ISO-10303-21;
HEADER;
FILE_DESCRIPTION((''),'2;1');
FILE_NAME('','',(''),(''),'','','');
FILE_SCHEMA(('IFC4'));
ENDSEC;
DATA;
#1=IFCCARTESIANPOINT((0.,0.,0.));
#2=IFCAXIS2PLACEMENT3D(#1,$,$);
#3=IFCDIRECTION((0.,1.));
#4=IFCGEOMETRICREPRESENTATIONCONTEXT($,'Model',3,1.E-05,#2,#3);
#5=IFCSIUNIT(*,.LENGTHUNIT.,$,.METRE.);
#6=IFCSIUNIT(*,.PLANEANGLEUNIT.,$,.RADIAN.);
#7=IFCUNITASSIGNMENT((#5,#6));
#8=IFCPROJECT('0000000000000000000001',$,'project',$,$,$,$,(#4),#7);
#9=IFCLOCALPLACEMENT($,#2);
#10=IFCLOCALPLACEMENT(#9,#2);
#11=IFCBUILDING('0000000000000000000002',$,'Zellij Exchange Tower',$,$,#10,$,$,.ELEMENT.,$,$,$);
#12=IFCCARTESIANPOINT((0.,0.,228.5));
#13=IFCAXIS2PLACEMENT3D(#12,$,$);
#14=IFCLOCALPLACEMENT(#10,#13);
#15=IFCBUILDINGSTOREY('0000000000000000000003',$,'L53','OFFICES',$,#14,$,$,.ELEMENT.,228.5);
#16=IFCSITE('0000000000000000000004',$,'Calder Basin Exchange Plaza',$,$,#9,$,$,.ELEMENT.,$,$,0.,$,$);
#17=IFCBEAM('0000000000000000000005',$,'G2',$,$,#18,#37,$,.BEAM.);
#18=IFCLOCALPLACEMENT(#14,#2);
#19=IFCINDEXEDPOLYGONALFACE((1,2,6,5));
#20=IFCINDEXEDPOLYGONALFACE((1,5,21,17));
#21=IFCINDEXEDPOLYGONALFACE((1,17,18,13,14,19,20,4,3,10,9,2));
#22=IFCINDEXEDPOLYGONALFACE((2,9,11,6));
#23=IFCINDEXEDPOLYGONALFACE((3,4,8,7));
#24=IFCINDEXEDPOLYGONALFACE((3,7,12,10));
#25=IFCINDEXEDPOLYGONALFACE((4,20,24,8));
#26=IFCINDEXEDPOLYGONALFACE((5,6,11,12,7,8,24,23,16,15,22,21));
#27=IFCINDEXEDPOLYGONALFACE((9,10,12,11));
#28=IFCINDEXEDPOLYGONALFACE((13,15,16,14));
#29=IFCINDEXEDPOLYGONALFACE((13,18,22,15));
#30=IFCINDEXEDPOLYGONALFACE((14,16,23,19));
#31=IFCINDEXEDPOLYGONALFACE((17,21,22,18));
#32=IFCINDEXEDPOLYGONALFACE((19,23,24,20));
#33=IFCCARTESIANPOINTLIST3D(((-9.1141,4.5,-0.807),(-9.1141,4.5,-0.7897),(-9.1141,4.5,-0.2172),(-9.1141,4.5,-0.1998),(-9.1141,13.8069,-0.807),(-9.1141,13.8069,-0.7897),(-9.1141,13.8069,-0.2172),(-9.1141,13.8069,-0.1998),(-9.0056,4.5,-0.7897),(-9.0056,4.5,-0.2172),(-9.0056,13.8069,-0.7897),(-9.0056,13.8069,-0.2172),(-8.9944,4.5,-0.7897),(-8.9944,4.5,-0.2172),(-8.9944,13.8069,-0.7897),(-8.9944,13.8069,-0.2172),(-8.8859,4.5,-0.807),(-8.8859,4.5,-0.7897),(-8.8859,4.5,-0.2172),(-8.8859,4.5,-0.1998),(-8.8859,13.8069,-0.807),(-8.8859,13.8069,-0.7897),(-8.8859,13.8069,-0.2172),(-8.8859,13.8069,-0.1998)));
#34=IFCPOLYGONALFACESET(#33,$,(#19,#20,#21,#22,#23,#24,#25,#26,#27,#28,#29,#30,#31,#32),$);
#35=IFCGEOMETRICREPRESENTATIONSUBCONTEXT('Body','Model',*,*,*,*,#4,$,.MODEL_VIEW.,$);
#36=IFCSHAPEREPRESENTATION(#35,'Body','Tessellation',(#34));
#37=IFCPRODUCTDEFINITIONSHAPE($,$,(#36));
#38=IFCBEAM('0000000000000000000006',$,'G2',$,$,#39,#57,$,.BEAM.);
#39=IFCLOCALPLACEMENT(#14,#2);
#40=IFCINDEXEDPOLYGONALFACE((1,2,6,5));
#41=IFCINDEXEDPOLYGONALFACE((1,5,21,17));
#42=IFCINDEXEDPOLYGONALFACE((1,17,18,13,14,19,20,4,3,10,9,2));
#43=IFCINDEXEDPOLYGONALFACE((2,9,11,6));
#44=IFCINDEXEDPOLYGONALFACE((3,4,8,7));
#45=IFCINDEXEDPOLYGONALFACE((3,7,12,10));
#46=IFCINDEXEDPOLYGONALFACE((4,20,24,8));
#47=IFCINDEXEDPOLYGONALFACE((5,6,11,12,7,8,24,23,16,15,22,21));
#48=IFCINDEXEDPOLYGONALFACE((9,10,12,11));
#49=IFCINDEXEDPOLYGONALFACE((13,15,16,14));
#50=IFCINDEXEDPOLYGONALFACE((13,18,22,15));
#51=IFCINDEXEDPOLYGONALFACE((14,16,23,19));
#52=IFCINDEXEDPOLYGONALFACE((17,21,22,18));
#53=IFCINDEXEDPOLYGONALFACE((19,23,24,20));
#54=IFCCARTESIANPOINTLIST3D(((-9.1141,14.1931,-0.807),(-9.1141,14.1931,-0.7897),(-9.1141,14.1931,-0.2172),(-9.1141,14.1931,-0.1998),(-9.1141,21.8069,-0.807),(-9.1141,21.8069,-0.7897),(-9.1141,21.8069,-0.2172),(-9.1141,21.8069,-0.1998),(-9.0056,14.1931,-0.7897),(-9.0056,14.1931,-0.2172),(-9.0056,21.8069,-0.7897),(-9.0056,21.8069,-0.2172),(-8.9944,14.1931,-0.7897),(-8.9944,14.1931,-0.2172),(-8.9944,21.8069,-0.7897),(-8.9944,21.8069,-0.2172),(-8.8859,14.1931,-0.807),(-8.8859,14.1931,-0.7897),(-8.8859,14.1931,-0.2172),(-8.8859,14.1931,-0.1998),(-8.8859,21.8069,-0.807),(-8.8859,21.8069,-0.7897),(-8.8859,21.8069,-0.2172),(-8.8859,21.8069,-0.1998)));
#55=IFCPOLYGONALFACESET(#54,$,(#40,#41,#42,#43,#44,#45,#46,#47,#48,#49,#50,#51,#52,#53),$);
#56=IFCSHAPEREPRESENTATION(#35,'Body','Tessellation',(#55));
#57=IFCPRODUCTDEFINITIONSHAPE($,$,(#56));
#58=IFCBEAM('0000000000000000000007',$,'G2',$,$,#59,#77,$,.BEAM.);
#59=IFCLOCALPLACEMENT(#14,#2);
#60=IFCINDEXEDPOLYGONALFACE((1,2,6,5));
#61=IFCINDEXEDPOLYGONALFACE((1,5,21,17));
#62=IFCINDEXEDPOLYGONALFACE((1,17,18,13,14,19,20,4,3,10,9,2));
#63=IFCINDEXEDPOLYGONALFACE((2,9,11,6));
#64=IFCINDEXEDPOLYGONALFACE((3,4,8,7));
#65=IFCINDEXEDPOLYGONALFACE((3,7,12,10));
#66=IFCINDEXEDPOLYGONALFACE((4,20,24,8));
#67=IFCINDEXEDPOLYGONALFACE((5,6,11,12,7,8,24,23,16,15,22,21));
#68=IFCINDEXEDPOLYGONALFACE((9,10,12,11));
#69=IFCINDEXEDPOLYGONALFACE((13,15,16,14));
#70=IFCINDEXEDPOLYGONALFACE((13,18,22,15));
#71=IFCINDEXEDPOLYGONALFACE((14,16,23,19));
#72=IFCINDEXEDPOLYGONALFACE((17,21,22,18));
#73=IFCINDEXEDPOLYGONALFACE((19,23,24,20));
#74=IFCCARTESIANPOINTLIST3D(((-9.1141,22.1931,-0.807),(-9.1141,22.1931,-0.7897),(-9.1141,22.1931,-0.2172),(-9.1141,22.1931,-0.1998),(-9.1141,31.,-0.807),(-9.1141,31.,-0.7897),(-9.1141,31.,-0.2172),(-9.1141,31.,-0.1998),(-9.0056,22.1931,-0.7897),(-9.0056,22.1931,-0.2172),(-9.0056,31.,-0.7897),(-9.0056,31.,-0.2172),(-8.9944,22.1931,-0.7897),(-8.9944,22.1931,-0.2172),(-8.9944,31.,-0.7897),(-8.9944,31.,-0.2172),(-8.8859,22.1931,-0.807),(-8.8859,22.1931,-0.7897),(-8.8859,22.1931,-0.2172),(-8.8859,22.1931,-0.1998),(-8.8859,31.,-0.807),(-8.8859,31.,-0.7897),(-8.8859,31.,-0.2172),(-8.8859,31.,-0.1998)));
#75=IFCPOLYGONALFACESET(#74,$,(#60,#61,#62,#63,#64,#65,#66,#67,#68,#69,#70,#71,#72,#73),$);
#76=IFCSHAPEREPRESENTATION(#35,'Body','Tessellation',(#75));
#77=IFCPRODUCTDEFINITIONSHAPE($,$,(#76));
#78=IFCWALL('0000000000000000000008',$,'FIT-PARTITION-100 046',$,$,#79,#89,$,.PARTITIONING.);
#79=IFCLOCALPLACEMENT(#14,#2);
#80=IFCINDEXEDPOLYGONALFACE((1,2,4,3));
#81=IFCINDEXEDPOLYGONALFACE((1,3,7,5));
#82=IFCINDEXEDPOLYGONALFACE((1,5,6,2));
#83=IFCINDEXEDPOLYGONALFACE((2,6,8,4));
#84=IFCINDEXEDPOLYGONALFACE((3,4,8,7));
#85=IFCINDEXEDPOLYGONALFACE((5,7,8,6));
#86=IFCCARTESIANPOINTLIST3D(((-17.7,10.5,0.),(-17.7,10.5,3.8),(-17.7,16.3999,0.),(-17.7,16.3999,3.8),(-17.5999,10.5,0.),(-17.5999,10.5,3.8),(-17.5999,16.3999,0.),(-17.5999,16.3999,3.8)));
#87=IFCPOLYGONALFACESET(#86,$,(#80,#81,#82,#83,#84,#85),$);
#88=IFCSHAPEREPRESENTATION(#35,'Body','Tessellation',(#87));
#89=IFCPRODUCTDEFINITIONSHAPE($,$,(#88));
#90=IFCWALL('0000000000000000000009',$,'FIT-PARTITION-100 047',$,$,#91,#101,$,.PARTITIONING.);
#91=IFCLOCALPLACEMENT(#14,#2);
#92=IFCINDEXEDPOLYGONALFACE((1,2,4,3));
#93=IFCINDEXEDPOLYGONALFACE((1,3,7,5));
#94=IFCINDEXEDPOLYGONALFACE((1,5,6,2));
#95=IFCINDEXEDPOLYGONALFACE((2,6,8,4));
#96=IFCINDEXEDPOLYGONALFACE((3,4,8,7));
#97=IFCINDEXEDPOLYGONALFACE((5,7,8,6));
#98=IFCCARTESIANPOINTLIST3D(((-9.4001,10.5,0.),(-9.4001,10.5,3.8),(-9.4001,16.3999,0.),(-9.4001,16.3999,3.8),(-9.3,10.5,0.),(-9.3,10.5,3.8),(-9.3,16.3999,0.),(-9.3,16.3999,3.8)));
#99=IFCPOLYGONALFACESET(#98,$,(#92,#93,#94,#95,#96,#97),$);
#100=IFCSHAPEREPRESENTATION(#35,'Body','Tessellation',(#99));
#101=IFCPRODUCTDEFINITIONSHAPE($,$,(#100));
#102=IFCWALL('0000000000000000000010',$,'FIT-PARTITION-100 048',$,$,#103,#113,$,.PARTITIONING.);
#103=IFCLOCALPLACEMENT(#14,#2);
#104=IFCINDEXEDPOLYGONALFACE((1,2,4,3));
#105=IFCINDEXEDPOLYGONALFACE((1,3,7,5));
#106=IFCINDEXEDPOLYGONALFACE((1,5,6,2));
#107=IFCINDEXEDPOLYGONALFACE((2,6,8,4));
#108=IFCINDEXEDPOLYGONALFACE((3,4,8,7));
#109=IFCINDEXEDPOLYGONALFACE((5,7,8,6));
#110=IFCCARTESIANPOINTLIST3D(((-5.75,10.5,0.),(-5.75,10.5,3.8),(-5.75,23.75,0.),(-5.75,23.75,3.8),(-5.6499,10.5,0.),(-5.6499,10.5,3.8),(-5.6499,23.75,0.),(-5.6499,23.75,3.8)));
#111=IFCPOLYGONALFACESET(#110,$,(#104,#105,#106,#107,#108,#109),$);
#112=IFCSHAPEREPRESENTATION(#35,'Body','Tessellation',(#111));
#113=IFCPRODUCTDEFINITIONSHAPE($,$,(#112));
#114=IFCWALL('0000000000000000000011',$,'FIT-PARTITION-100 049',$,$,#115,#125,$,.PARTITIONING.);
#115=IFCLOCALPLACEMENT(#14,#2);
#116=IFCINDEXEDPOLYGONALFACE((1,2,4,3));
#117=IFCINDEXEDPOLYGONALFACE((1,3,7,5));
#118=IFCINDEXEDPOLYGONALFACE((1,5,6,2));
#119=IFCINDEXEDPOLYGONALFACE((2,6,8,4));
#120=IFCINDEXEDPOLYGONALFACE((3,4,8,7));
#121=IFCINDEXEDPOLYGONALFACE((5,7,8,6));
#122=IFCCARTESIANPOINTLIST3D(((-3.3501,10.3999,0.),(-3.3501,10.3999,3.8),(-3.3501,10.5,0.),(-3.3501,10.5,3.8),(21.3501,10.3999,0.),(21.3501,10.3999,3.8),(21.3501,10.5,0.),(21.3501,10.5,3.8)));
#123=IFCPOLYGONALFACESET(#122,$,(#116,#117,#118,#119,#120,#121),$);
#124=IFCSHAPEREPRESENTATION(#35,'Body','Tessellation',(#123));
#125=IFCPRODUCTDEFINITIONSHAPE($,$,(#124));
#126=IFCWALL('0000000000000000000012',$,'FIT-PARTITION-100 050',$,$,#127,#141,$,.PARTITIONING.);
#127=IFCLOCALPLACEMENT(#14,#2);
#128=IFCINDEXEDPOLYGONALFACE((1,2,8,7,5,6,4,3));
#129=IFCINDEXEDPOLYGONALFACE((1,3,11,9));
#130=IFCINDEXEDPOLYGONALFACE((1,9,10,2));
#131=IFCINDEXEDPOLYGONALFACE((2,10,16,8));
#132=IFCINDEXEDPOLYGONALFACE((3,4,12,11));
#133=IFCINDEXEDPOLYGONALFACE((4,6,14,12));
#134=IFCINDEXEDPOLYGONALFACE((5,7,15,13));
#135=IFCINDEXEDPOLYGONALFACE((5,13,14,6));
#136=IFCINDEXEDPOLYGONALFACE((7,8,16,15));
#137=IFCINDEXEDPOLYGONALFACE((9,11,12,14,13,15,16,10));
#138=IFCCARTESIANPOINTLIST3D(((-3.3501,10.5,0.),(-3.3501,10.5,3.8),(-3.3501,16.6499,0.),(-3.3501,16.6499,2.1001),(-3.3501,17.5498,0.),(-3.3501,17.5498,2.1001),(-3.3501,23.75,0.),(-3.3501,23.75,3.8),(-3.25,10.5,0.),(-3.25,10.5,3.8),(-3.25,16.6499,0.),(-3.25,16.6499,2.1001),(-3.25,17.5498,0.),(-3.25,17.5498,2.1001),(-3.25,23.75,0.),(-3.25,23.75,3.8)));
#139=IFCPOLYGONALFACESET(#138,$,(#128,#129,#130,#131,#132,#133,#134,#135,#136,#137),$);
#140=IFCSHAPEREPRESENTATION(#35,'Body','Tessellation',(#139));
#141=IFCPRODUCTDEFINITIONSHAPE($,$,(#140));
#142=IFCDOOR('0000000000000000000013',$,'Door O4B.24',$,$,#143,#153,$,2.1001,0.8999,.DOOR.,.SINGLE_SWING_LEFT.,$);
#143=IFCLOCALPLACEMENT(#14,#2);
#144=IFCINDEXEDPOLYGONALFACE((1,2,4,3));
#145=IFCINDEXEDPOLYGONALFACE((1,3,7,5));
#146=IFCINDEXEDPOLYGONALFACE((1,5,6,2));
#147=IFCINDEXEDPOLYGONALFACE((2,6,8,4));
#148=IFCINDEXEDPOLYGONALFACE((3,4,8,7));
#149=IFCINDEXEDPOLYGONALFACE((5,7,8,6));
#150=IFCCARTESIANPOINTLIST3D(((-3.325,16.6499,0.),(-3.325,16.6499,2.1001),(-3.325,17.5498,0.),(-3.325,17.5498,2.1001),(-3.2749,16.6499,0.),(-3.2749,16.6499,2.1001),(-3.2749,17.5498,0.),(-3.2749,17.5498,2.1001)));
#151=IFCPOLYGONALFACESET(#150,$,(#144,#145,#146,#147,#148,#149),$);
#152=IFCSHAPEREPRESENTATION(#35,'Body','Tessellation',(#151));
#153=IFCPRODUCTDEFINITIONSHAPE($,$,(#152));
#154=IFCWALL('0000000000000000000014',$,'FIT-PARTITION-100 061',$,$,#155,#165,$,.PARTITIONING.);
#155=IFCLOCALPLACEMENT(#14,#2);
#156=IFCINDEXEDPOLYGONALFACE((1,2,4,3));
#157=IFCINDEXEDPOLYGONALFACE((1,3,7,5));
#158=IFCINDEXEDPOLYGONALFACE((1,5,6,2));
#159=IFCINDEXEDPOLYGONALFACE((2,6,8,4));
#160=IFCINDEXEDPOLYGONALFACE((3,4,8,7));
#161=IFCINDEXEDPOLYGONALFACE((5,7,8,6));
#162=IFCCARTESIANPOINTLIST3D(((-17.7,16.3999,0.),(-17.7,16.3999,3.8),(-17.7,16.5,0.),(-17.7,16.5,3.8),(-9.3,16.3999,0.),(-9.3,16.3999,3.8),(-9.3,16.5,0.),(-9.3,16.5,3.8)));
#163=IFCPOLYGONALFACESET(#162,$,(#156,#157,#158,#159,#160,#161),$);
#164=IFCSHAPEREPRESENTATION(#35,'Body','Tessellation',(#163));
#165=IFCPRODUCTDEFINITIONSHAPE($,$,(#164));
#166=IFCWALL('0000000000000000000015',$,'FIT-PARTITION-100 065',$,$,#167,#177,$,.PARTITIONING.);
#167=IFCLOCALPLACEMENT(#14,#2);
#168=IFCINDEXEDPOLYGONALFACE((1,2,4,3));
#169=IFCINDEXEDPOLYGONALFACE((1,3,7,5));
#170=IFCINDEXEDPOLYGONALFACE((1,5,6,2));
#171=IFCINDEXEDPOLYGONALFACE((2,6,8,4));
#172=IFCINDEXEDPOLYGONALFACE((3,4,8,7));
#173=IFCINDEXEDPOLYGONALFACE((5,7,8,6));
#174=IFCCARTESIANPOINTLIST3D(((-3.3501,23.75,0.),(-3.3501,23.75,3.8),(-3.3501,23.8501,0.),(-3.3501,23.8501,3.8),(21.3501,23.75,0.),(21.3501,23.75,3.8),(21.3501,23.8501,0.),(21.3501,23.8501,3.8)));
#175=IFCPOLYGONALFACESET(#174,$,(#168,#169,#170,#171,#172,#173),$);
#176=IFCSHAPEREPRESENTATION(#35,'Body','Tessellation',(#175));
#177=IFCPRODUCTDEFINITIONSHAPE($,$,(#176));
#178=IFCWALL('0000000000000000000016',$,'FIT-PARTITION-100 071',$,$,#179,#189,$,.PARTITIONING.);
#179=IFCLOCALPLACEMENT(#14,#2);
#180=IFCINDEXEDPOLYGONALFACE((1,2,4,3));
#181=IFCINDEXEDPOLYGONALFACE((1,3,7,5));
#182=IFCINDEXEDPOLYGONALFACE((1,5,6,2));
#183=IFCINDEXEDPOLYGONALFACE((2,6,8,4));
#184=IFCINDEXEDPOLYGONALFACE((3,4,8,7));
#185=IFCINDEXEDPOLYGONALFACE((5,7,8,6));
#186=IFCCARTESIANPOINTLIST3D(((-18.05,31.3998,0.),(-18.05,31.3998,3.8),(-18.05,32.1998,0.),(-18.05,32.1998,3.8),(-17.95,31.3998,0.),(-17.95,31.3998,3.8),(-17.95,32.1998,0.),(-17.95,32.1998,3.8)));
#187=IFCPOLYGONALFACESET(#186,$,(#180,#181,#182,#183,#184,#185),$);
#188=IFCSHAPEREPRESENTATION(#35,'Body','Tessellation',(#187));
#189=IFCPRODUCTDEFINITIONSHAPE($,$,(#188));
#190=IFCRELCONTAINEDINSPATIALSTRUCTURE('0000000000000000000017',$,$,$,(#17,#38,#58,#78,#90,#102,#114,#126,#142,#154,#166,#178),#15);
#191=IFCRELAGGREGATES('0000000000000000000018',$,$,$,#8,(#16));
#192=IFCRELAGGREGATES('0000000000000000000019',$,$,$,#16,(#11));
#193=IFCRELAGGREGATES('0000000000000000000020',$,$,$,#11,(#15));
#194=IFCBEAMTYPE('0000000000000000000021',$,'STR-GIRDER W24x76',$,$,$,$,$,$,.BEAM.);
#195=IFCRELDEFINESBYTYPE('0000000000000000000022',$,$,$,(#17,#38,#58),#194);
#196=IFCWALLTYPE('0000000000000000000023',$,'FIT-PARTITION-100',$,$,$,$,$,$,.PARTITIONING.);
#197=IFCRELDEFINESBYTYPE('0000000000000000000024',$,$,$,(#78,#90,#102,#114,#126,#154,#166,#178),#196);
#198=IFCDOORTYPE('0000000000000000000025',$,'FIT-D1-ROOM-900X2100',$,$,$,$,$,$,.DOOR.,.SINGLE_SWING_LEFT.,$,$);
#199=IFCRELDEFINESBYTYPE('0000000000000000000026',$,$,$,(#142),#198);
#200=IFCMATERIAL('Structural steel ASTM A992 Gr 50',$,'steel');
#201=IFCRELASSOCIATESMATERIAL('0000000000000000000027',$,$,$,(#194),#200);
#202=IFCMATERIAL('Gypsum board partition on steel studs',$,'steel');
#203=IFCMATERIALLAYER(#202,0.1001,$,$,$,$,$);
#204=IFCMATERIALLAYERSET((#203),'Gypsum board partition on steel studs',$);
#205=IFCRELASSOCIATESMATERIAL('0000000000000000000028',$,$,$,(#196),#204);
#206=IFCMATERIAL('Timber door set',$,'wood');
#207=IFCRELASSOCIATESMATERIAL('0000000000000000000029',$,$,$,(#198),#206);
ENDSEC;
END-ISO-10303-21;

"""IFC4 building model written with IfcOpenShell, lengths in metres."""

from ifc_helpers import new_model, si_unit, direction, frame, frame_2d, origin, origin_2d, place, context, subcontext, project, spatial, rectangle, i_section, extrude, material, layer, layer_set, material_profile, profile_set, type_object, element, fill, save


model = new_model("IFC4")

# Units and contexts
model_context = context("Model", 3, precision=1e-05, world=origin(), true_north=direction((0.0, 1.0)))
body_context = subcontext(model_context, "Body", "Model", "MODEL_VIEW")
ifc_project = project(units=[si_unit("LENGTHUNIT", "METRE"), si_unit("PLANEANGLEUNIT", "RADIAN")], contexts=[model_context])

# Site, building, storey
site_placement = place(None, origin())
site = spatial("IfcSite", under=ifc_project, at=site_placement, Name="Calder Basin Exchange Plaza", CompositionType="ELEMENT", RefElevation=0.0)
building_placement = place(site_placement, origin())
building = spatial("IfcBuilding", under=site, at=building_placement, Name="Zellij Exchange Tower", CompositionType="ELEMENT")
storey_placement = place(building_placement, frame((0.0, 0.0, 228.5)))
storey = spatial("IfcBuildingStorey", under=building, at=storey_placement, Name="L53", Description="OFFICES", CompositionType="ELEMENT", Elevation=228.5)

# Shared definitions
ifc_material_1 = material(Name="Structural steel ASTM A992 Gr 50", Category="steel")

# Beams
ifc_material_profile_1 = material_profile(ifc_material_1, i_section(OverallWidth=0.2283, OverallDepth=0.6072, WebThickness=0.0112, FlangeThickness=0.0173, at=origin_2d()), Name="W24x76")
ifc_profile_set_1 = profile_set([ifc_material_profile_1], Name="Structural steel ASTM A992 Gr 50")
beam_type = type_object("IfcBeamType", Name="STR-GIRDER W24x76", PredefinedType="BEAM", material=ifc_profile_set_1)
beam_1_placement = place(storey_placement, frame((-9.0, 4.5, -0.5034), z_axis=(0.0, 1.0, 0.0), x_axis=(-1.0, 0.0, 0.0)))
element("IfcBeam", 1, at=beam_1_placement, inside=storey, type_object=beam_type, Name="G2", PredefinedType="BEAM", context=body_context, shape_type="SweptSolid", body=[
    extrude(i_section(OverallWidth=0.2283, OverallDepth=0.6072, WebThickness=0.0112, FlangeThickness=0.0173, at=origin_2d()), origin(), (0.0, 0.0, 1.0), 9.3069),
])
beam_2_placement = place(storey_placement, frame((-9.0, 14.1931, -0.5034), z_axis=(0.0, 1.0, 0.0), x_axis=(-1.0, 0.0, 0.0)))
element("IfcBeam", 2, at=beam_2_placement, inside=storey, type_object=beam_type, Name="G2", PredefinedType="BEAM", context=body_context, shape_type="SweptSolid", body=[
    extrude(i_section(OverallWidth=0.2283, OverallDepth=0.6072, WebThickness=0.0112, FlangeThickness=0.0173, at=origin_2d()), origin(), (0.0, 0.0, 1.0), 7.6138),
])
beam_3_placement = place(storey_placement, frame((-9.0, 22.1931, -0.5034), z_axis=(0.0, 1.0, 0.0), x_axis=(-1.0, 0.0, 0.0)))
element("IfcBeam", 3, at=beam_3_placement, inside=storey, type_object=beam_type, Name="G2", PredefinedType="BEAM", context=body_context, shape_type="SweptSolid", body=[
    extrude(i_section(OverallWidth=0.2283, OverallDepth=0.6072, WebThickness=0.0112, FlangeThickness=0.0173, at=origin_2d()), origin(), (0.0, 0.0, 1.0), 8.8069),
])

# Walls
ifc_material_2 = material(Name="Gypsum board partition on steel studs", Category="steel")
ifc_layer = layer(ifc_material_2, 0.1001)
ifc_layer_set = layer_set([ifc_layer], Name="Gypsum board partition on steel studs")
wall_type = type_object("IfcWallType", Name="FIT-PARTITION-100", PredefinedType="PARTITIONING", material=ifc_layer_set)
for number, where, z_axis, x_axis, name in (
    (4, (-17.6499, 10.5, 0.0), (0.0, 0.0, 1.0), (0.0, 1.0, 0.0), "FIT-PARTITION-100 046"),
    (5, (-9.3501, 10.5, 0.0), (0.0, 0.0, 1.0), (0.0, 1.0, 0.0), "FIT-PARTITION-100 047"),
):
    element("IfcWall", number, at=place(storey_placement, frame(where, z_axis=z_axis, x_axis=x_axis)), inside=storey, type_object=wall_type, Name=name, PredefinedType="PARTITIONING", context=body_context, shape_type="SweptSolid", body=[
        extrude(rectangle(XDim=5.8999, YDim=0.1001, at=frame_2d((2.95, 0.0))), origin(), (0.0, 0.0, 1.0), 3.8),
    ])
wall_1_placement = place(storey_placement, frame((-5.7, 10.5, 0.0), z_axis=(0.0, 0.0, 1.0), x_axis=(0.0, 1.0, 0.0)))
element("IfcWall", 6, at=wall_1_placement, inside=storey, type_object=wall_type, Name="FIT-PARTITION-100 048", PredefinedType="PARTITIONING", context=body_context, shape_type="SweptSolid", body=[
    extrude(rectangle(XDim=13.25, YDim=0.1001, at=frame_2d((6.625, 0.0))), origin(), (0.0, 0.0, 1.0), 3.8),
])
wall_2_placement = place(storey_placement, frame((-3.3501, 10.45, 0.0), z_axis=(0.0, 0.0, 1.0), x_axis=(1.0, 0.0, 0.0)))
element("IfcWall", 7, at=wall_2_placement, inside=storey, type_object=wall_type, Name="FIT-PARTITION-100 049", PredefinedType="PARTITIONING", context=body_context, shape_type="SweptSolid", body=[
    extrude(rectangle(XDim=24.7002, YDim=0.1001, at=frame_2d((12.3501, 0.0))), origin(), (0.0, 0.0, 1.0), 3.8),
])

# Wall, opening, door
wall_3_placement = place(storey_placement, frame((-3.3, 10.5, 0.0), z_axis=(0.0, 0.0, 1.0), x_axis=(0.0, 1.0, 0.0)))
wall_3 = element("IfcWall", 8, at=wall_3_placement, inside=storey, type_object=wall_type, Name="FIT-PARTITION-100 050", PredefinedType="PARTITIONING", context=body_context, shape_type="SweptSolid", body=[
    extrude(rectangle(XDim=13.25, YDim=0.1001, at=frame_2d((6.625, 0.0))), origin(), (0.0, 0.0, 1.0), 3.8),
])
opening_1_placement = place(wall_3_placement, frame((6.1499, 0.0, 0.0)))
opening_1 = element("IfcOpeningElement", 9, at=opening_1_placement, cuts=wall_3, PredefinedType="OPENING", context=body_context, shape_type="SweptSolid", body=[
    extrude(rectangle(XDim=0.8999, YDim=2.1001, at=frame_2d((0.45, 1.05))), frame((0.0, 0.062, 0.0), z_axis=(0.0, -1.0, 0.0), x_axis=(1.0, 0.0, 0.0)), (0.0, 0.0, 1.0), 0.124),
])
ifc_material_3 = material(Name="Timber door set", Category="wood")
door_type_1 = type_object("IfcDoorType", Name="FIT-D1-ROOM-900X2100", OperationType="SINGLE_SWING_LEFT", PredefinedType="DOOR", material=ifc_material_3)
door_1_placement = place(opening_1_placement, origin())
door_1 = element("IfcDoor", 10, at=door_1_placement, inside=storey, type_object=door_type_1, Name="Door O4B.24", OperationType="SINGLE_SWING_LEFT", OverallHeight=2.1001, OverallWidth=0.8999, PredefinedType="DOOR", context=body_context, shape_type="SweptSolid", body=[
    extrude(rectangle(XDim=0.8999, YDim=2.1001, at=frame_2d((0.45, 1.05))), frame((0.0, 0.0249, 0.0), z_axis=(0.0, -1.0, 0.0), x_axis=(1.0, 0.0, 0.0)), (0.0, 0.0, 1.0), 0.05),
])
fill(opening_1, door_1)

# Walls
wall_4_placement = place(storey_placement, frame((-17.7, 16.45, 0.0), z_axis=(0.0, 0.0, 1.0), x_axis=(1.0, 0.0, 0.0)))
element("IfcWall", 11, at=wall_4_placement, inside=storey, type_object=wall_type, Name="FIT-PARTITION-100 061", PredefinedType="PARTITIONING", context=body_context, shape_type="SweptSolid", body=[
    extrude(rectangle(XDim=8.3999, YDim=0.1001, at=frame_2d((4.2, 0.0))), origin(), (0.0, 0.0, 1.0), 3.8),
])
wall_5_placement = place(storey_placement, frame((-3.3501, 23.8, 0.0), z_axis=(0.0, 0.0, 1.0), x_axis=(1.0, 0.0, 0.0)))
element("IfcWall", 12, at=wall_5_placement, inside=storey, type_object=wall_type, Name="FIT-PARTITION-100 065", PredefinedType="PARTITIONING", context=body_context, shape_type="SweptSolid", body=[
    extrude(rectangle(XDim=24.7002, YDim=0.1001, at=frame_2d((12.3501, 0.0))), origin(), (0.0, 0.0, 1.0), 3.8),
])
wall_6_placement = place(storey_placement, frame((-18.0, 31.3999, 0.0), z_axis=(0.0, 0.0, 1.0), x_axis=(0.0, 1.0, 0.0)))
element("IfcWall", 13, at=wall_6_placement, inside=storey, type_object=wall_type, Name="FIT-PARTITION-100 071", PredefinedType="PARTITIONING", context=body_context, shape_type="SweptSolid", body=[
    extrude(rectangle(XDim=0.8, YDim=0.1001, at=frame_2d((0.3999, 0.0))), origin(), (0.0, 0.0, 1.0), 3.8),
])

save(model, "model.ifc")
